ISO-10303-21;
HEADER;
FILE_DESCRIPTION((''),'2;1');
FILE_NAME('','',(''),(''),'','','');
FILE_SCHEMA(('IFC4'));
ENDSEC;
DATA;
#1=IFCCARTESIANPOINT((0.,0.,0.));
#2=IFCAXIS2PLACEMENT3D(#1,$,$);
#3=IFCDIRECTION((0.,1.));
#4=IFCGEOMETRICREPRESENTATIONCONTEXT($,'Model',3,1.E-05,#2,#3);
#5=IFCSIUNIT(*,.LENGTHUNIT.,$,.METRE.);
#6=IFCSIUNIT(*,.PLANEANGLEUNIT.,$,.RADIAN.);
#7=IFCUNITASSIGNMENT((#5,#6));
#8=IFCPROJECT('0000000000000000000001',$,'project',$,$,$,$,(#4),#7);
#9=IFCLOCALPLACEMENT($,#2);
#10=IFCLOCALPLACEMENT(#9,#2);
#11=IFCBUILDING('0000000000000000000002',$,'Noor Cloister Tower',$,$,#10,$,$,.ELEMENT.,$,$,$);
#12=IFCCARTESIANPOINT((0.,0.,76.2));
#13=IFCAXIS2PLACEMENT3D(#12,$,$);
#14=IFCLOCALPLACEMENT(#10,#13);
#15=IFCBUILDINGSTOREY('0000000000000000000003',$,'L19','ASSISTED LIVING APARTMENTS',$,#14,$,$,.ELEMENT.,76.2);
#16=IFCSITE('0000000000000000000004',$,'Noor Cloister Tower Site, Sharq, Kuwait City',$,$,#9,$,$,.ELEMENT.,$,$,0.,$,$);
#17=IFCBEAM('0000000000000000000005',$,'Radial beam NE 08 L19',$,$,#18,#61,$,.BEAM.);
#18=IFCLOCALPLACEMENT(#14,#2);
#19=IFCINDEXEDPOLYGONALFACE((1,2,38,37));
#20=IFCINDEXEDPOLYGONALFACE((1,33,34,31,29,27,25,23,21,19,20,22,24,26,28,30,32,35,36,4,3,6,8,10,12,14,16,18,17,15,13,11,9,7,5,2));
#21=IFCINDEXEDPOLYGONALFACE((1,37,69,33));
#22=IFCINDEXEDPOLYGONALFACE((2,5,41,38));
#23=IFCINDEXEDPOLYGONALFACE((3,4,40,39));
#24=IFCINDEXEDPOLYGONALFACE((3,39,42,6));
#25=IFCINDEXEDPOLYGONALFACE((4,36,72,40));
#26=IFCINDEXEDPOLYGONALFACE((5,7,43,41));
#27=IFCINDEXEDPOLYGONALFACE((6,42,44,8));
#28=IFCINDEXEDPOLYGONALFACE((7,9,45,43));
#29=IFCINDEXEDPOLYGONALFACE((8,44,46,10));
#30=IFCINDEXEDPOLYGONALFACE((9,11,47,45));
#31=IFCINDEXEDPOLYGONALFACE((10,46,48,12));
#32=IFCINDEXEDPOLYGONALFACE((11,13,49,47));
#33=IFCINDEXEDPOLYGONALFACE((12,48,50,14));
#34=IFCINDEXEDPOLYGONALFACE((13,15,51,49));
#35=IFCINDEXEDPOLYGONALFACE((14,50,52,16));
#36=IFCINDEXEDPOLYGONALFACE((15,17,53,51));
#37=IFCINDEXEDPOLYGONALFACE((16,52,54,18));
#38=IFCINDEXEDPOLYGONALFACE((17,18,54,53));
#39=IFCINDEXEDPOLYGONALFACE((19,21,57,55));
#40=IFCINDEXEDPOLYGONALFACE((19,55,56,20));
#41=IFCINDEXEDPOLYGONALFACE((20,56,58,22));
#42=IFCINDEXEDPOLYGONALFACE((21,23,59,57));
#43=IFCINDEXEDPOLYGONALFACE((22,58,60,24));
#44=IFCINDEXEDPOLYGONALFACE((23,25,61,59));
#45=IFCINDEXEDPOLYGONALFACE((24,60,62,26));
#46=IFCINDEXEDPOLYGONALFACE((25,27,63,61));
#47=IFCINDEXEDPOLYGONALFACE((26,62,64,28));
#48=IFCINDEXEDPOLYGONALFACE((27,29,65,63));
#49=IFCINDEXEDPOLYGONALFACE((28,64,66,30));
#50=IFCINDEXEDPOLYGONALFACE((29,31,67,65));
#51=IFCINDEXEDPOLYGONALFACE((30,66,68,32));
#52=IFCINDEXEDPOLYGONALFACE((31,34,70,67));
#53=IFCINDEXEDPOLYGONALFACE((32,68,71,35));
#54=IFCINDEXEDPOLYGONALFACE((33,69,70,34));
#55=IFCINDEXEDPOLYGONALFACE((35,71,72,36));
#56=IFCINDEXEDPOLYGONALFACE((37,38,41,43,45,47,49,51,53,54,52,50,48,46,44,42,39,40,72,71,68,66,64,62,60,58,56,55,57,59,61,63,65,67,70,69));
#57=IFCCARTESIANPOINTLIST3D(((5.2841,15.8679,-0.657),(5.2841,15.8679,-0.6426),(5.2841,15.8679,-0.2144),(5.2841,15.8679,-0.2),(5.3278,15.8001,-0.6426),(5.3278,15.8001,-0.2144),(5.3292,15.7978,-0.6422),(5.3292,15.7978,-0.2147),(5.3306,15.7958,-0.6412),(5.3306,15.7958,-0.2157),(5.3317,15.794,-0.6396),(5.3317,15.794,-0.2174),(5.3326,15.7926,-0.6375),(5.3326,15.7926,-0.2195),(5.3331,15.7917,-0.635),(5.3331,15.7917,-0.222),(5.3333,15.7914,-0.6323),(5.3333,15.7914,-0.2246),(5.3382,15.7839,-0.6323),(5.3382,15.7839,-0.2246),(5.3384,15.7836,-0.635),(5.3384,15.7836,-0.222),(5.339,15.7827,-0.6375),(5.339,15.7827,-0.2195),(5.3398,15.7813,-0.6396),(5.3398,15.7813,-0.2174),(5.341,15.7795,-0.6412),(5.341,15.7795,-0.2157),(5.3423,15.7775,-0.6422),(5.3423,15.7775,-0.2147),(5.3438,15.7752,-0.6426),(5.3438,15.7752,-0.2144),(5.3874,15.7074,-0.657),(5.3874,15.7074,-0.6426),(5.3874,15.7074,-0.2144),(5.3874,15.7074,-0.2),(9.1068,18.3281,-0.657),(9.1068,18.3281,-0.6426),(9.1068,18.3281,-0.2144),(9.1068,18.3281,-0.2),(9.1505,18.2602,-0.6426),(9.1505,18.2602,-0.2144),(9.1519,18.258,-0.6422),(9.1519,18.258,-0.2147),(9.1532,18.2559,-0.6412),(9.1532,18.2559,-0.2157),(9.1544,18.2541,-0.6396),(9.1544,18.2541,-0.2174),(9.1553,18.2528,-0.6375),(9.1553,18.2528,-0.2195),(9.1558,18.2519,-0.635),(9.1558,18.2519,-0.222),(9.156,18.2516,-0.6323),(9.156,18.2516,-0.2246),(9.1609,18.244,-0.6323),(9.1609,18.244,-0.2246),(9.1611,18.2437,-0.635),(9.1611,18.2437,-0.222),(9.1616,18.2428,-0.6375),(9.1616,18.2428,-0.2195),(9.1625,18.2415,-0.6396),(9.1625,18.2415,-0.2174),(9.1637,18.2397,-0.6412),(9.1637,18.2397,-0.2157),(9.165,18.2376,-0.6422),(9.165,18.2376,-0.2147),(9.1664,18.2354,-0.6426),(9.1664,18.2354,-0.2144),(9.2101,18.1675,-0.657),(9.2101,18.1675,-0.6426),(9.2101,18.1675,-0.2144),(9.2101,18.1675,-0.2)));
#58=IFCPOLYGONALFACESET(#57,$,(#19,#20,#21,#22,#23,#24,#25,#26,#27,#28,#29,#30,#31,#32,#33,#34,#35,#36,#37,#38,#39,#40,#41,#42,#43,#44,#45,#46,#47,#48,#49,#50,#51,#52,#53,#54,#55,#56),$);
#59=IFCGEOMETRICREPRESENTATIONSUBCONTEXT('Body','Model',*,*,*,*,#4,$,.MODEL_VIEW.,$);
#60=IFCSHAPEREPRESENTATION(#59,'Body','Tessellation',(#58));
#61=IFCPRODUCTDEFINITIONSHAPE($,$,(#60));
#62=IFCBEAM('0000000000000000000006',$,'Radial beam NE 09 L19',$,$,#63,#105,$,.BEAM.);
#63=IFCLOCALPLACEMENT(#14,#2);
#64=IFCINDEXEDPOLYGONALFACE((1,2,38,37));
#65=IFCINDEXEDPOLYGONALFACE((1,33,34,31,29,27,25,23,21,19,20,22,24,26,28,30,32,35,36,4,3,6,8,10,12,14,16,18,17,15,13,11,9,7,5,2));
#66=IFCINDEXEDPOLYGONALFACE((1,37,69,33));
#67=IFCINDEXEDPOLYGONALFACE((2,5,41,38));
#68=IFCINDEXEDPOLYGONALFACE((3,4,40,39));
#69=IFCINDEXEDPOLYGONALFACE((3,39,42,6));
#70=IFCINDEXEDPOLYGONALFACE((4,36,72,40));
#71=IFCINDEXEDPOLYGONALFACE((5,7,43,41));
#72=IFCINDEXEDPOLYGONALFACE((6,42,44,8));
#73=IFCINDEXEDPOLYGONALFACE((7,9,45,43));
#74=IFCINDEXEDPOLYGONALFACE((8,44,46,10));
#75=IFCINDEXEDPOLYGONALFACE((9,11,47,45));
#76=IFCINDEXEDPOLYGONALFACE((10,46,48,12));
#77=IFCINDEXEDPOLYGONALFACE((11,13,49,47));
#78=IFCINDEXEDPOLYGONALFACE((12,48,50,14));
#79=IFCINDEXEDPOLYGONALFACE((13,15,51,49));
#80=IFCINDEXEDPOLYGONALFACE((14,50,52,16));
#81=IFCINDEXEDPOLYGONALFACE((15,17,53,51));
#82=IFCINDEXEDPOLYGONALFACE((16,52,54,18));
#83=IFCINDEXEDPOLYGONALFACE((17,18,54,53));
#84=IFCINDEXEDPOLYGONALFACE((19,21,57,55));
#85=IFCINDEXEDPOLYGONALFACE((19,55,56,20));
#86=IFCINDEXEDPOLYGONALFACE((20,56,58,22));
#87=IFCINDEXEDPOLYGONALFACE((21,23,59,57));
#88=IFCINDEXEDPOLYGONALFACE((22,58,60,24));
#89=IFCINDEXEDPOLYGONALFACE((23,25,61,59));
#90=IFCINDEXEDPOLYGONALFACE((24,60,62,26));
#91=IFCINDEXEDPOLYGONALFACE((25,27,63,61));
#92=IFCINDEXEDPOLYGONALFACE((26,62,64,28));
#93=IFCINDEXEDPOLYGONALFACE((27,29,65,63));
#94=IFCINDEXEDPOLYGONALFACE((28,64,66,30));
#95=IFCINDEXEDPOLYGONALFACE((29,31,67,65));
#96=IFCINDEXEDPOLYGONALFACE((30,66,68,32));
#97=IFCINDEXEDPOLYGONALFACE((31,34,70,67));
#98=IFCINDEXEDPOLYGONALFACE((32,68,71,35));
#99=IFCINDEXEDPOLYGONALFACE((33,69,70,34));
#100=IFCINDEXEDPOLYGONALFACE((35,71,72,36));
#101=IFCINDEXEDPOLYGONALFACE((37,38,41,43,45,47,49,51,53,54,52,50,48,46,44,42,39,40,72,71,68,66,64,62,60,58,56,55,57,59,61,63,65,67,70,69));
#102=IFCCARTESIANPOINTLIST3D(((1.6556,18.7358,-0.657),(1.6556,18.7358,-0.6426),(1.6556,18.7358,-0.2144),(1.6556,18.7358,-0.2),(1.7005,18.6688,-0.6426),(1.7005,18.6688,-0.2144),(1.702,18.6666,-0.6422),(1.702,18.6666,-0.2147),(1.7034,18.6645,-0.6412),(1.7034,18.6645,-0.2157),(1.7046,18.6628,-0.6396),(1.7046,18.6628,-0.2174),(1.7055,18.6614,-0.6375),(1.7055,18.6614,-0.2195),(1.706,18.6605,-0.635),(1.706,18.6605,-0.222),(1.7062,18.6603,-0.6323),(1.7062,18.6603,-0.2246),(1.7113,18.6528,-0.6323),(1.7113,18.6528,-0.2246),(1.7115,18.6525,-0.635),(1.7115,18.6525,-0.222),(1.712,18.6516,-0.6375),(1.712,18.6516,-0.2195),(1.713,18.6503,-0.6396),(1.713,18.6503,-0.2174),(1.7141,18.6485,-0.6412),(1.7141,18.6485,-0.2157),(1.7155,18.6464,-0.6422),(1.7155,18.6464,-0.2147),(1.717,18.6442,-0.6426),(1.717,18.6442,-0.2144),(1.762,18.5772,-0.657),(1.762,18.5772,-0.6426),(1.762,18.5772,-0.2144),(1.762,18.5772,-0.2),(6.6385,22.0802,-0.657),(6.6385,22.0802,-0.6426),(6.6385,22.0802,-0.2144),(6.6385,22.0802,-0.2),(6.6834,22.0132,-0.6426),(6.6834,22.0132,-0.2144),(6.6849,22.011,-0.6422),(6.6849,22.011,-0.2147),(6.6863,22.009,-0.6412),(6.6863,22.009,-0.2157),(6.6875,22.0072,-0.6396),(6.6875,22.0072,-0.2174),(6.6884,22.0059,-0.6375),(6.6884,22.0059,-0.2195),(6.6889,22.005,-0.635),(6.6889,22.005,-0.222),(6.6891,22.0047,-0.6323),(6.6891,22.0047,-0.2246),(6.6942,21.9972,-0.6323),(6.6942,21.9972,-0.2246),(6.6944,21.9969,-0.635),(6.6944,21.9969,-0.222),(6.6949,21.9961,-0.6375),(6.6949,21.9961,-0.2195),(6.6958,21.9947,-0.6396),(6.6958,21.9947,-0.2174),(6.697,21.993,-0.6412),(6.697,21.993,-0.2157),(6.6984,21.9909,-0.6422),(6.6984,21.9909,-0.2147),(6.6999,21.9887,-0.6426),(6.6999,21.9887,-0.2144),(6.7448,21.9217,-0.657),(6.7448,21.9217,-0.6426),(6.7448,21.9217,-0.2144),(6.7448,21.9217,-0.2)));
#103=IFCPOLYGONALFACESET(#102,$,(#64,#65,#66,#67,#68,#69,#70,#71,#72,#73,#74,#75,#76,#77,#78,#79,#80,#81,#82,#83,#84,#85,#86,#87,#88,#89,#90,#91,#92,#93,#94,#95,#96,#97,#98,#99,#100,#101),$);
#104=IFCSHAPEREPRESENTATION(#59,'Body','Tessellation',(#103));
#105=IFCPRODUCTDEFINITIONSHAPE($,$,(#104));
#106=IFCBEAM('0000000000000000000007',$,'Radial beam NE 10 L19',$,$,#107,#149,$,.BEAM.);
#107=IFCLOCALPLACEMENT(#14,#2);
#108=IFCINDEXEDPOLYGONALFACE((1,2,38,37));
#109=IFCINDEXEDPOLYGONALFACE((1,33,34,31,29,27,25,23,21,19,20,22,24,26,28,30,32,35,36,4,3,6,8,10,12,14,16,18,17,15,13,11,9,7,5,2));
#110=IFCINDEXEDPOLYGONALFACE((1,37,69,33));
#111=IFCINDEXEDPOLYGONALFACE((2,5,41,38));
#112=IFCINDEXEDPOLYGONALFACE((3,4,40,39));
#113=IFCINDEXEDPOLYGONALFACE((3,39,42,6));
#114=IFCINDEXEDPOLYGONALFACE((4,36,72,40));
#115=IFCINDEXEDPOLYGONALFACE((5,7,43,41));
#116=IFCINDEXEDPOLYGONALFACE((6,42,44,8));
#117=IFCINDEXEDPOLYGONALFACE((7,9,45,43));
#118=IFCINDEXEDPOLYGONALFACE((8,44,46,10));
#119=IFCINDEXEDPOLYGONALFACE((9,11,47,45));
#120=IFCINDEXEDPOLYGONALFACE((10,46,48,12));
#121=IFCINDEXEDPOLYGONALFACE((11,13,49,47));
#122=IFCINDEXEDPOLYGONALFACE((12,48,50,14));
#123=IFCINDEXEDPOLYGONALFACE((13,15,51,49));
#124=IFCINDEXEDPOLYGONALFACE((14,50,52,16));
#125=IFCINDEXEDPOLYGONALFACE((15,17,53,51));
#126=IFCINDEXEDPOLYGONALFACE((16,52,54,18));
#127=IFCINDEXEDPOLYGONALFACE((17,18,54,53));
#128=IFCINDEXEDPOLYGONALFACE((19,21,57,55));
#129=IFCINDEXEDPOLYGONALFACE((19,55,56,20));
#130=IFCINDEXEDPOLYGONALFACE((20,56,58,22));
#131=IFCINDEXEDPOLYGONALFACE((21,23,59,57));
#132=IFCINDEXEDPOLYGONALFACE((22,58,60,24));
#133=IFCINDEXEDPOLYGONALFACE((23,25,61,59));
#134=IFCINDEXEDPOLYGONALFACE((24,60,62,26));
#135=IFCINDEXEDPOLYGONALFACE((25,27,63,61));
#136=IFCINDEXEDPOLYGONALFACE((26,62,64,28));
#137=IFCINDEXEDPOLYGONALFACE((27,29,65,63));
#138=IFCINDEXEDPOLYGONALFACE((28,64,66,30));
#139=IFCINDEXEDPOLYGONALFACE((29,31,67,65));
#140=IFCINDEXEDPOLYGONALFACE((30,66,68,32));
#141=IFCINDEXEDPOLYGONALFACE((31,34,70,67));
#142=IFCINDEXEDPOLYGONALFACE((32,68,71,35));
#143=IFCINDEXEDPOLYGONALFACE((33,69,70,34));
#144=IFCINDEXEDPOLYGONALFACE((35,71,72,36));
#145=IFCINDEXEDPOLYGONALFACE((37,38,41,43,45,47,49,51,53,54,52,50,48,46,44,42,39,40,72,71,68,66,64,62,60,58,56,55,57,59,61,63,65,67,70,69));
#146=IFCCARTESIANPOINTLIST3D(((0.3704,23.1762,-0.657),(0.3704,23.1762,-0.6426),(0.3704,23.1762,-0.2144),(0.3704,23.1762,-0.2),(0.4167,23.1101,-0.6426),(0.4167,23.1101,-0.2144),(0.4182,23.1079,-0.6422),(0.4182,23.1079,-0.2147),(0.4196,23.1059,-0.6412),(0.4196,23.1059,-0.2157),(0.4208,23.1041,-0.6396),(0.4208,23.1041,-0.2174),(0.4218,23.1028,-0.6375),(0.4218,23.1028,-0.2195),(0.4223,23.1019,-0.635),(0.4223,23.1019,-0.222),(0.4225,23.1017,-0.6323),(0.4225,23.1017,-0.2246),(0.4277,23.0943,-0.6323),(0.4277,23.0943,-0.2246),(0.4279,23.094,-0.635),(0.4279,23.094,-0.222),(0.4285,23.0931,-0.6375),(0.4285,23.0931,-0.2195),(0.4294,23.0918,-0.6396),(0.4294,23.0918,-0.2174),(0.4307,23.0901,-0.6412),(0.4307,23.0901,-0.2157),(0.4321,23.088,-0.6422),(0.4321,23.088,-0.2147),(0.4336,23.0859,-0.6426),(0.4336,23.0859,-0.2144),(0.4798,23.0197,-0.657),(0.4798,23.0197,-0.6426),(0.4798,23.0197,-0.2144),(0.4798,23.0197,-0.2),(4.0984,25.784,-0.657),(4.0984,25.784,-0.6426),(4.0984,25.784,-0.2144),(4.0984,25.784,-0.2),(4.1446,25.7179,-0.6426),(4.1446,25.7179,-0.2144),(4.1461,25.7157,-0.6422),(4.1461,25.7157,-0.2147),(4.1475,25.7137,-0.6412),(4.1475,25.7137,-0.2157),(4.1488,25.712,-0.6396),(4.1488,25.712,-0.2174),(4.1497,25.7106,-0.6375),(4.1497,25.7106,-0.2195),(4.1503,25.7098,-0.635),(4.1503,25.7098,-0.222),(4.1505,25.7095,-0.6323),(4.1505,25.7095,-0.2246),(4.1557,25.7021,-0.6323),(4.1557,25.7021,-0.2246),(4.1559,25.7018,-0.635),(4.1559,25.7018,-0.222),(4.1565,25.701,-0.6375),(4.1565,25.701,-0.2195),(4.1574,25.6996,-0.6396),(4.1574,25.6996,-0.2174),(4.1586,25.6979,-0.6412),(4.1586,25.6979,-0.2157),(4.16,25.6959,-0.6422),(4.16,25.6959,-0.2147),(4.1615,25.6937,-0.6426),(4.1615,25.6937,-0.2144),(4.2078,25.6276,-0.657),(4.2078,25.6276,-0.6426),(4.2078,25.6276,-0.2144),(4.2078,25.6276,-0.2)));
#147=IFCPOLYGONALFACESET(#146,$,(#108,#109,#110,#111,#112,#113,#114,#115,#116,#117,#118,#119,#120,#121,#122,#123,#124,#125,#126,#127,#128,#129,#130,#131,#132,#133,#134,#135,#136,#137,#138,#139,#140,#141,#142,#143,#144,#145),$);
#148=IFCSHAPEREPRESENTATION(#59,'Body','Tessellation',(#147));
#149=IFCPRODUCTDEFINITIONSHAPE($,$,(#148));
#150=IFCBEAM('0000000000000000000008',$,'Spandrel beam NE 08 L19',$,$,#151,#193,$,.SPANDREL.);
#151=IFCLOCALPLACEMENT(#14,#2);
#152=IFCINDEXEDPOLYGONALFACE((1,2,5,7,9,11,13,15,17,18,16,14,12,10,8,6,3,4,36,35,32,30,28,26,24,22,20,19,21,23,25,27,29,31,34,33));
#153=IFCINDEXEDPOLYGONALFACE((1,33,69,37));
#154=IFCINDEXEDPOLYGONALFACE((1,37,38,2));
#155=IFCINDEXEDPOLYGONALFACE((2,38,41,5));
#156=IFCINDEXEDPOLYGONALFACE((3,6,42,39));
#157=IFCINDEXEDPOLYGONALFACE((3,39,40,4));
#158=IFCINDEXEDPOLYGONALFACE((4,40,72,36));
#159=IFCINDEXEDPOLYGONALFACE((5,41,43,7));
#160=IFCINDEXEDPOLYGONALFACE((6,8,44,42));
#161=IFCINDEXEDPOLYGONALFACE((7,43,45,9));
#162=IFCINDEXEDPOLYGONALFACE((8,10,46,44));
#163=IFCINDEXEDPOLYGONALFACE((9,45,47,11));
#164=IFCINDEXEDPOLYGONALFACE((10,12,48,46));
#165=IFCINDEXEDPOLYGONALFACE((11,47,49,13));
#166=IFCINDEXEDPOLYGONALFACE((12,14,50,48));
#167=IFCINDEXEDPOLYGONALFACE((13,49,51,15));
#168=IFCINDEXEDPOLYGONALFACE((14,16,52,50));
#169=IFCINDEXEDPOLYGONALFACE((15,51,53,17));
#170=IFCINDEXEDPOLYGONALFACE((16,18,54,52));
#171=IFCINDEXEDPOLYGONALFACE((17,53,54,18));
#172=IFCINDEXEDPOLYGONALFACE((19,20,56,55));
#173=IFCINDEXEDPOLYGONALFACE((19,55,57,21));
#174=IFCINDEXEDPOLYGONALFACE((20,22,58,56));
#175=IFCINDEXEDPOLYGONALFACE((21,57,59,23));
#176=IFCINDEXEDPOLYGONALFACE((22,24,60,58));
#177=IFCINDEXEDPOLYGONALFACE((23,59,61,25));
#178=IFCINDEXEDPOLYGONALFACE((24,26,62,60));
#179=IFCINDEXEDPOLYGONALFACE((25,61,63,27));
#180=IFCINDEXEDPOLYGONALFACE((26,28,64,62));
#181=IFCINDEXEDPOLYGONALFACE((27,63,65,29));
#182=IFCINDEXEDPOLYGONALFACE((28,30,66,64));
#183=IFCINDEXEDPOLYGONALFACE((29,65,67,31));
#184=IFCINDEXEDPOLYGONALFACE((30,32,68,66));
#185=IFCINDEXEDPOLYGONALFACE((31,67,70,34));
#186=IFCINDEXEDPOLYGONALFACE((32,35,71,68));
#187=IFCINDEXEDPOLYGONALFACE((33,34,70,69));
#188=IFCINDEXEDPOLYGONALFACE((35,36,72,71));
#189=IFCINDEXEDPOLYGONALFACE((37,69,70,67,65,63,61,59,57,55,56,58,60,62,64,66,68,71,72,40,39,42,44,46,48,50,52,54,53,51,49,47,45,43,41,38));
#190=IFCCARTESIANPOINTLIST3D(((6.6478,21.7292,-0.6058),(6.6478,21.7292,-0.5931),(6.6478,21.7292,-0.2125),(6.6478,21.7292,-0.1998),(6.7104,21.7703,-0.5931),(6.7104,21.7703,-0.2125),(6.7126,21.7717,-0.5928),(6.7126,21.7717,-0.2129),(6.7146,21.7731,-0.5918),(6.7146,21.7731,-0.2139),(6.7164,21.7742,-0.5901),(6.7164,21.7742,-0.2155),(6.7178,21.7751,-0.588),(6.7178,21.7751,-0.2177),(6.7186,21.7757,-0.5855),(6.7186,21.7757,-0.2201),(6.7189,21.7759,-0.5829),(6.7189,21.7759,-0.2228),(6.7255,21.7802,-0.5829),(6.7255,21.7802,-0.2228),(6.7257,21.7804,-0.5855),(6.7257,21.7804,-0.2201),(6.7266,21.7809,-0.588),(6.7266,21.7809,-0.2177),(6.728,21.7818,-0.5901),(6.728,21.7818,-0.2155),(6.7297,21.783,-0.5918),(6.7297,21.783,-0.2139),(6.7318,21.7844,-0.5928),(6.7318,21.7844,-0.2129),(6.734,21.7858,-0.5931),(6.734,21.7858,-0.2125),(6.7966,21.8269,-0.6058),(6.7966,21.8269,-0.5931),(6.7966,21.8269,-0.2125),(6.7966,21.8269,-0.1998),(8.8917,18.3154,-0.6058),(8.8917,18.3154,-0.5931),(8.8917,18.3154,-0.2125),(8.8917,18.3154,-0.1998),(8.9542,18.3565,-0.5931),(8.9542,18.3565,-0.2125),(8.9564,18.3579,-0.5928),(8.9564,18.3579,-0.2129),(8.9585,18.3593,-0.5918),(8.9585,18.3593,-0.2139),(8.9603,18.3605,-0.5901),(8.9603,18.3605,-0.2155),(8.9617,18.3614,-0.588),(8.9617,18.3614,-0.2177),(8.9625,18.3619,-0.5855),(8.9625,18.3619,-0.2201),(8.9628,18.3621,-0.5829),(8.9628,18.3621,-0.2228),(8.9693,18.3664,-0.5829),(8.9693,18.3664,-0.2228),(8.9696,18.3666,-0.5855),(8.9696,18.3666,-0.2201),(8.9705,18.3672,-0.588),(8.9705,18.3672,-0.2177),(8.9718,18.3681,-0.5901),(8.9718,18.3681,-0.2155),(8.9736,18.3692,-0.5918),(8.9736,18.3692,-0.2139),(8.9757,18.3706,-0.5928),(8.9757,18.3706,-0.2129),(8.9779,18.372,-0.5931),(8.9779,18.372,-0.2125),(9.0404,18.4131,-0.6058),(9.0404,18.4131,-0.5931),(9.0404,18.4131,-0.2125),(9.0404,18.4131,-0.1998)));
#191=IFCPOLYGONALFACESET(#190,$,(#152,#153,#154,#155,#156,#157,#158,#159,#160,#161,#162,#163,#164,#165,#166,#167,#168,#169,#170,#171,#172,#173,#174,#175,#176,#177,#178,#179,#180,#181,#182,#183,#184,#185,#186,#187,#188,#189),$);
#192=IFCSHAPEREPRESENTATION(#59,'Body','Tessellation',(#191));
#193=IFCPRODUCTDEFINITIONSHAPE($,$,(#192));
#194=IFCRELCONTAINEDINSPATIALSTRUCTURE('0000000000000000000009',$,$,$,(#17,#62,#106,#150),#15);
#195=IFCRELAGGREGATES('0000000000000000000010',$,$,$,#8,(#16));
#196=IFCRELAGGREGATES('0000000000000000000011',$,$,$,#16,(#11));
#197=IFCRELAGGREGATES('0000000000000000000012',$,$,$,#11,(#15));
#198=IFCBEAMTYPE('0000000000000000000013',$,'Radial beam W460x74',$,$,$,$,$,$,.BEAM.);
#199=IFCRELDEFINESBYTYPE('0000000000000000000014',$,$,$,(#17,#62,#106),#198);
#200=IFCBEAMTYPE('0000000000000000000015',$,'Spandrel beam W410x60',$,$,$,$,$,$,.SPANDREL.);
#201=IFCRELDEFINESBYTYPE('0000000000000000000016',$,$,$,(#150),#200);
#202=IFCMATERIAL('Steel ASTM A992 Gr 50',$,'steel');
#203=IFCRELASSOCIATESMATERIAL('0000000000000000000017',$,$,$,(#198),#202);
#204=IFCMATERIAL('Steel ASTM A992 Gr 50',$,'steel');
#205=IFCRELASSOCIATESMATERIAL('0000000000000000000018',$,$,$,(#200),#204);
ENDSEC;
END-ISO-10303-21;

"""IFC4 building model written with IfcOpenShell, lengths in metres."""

from ifc_helpers import new_model, si_unit, direction, frame, origin, origin_2d, place, context, subcontext, project, spatial, i_section, extrude, material, material_profile, profile_set, type_object, element, save


model = new_model("IFC4")

# Units and contexts
model_context = context("Model", 3, precision=1e-05, world=origin(), true_north=direction((0.0, 1.0)))
body_context = subcontext(model_context, "Body", "Model", "MODEL_VIEW")
ifc_project = project(units=[si_unit("LENGTHUNIT", "METRE"), si_unit("PLANEANGLEUNIT", "RADIAN")], contexts=[model_context])

# Site, building, storey
site_placement = place(None, origin())
site = spatial("IfcSite", under=ifc_project, at=site_placement, Name="Noor Cloister Tower Site, Sharq, Kuwait City", CompositionType="ELEMENT", RefElevation=0.0)
building_placement = place(site_placement, origin())
building = spatial("IfcBuilding", under=site, at=building_placement, Name="Noor Cloister Tower", CompositionType="ELEMENT")
storey_placement = place(building_placement, frame((0.0, 0.0, 76.2)))
storey = spatial("IfcBuildingStorey", under=building, at=storey_placement, Name="L19", Description="ASSISTED LIVING APARTMENTS", CompositionType="ELEMENT", Elevation=76.2)

# Beams
ifc_material_1 = material(Name="Steel ASTM A992 Gr 50", Category="steel")
ifc_material_profile_1 = material_profile(ifc_material_1, i_section(OverallWidth=0.1909, OverallDepth=0.457, WebThickness=0.009, FlangeThickness=0.0144, FilletRadius=0.0103, at=origin_2d()), Name="W460x74")
ifc_profile_set_1 = profile_set([ifc_material_profile_1], Name="Steel ASTM A992 Gr 50")
beam_type_1 = type_object("IfcBeamType", Name="Radial beam W460x74", PredefinedType="BEAM", material=ifc_profile_set_1)
beam_1_placement = place(storey_placement, frame((9.1584, 18.2478, -0.4285), z_axis=(-0.840906, -0.541181, 0.0), x_axis=(0.541181, -0.840906, 0.0)))
element("IfcBeam", 1, at=beam_1_placement, inside=storey, type_object=beam_type_1, Name="Radial beam NE 08 L19", PredefinedType="BEAM", context=body_context, shape_type="SweptSolid", body=[
    extrude(i_section(OverallWidth=0.1909, OverallDepth=0.457, WebThickness=0.009, FlangeThickness=0.0144, FilletRadius=0.0103, at=origin_2d()), origin(), (0.0, 0.0, 1.0), 4.5459),
])
beam_2_placement = place(storey_placement, frame((6.6917, 22.001, -0.4285), z_axis=(-0.830313, -0.557298, 0.0), x_axis=(0.557298, -0.830313, 0.0)))
element("IfcBeam", 2, at=beam_2_placement, inside=storey, type_object=beam_type_1, Name="Radial beam NE 09 L19", PredefinedType="BEAM", context=body_context, shape_type="SweptSolid", body=[
    extrude(i_section(OverallWidth=0.1909, OverallDepth=0.457, WebThickness=0.009, FlangeThickness=0.0144, FilletRadius=0.0103, at=origin_2d()), origin(), (0.0, 0.0, 1.0), 6.0012),
])
beam_3_placement = place(storey_placement, frame((4.1531, 25.7058, -0.4285), z_axis=(-0.819408, -0.57321, 0.0), x_axis=(0.57321, -0.819408, 0.0)))
element("IfcBeam", 3, at=beam_3_placement, inside=storey, type_object=beam_type_1, Name="Radial beam NE 10 L19", PredefinedType="BEAM", context=body_context, shape_type="SweptSolid", body=[
    extrude(i_section(OverallWidth=0.1909, OverallDepth=0.457, WebThickness=0.009, FlangeThickness=0.0144, FilletRadius=0.0103, at=origin_2d()), origin(), (0.0, 0.0, 1.0), 4.5496),
])
ifc_material_2 = material(Name="Steel ASTM A992 Gr 50", Category="steel")
ifc_material_profile_2 = material_profile(ifc_material_2, i_section(OverallWidth=0.178, OverallDepth=0.406, WebThickness=0.0078, FlangeThickness=0.0127, FilletRadius=0.0103, at=origin_2d()), Name="W410x60")
ifc_profile_set_2 = profile_set([ifc_material_profile_2], Name="Steel ASTM A992 Gr 50")
beam_type_2 = type_object("IfcBeamType", Name="Spandrel beam W410x60", PredefinedType="SPANDREL", material=ifc_profile_set_2)
for number, where, z_axis, x_axis, name in (
    (4, (8.9661, 18.3643, -0.4028), (-0.549269, 0.835646, 0.0), (-0.835646, -0.549269, 0.0), "Spandrel beam NE 08 L19"),
):
    element("IfcBeam", number, at=place(storey_placement, frame(where, z_axis=z_axis, x_axis=x_axis)), inside=storey, type_object=beam_type_2, Name=name, PredefinedType="SPANDREL", context=body_context, shape_type="SweptSolid", body=[
        extrude(i_section(OverallWidth=0.178, OverallDepth=0.406, WebThickness=0.0078, FlangeThickness=0.0127, FilletRadius=0.0103, at=origin_2d()), origin(), (0.0, 0.0, 1.0), 4.0852),
    ])

save(model, "model.ifc")
